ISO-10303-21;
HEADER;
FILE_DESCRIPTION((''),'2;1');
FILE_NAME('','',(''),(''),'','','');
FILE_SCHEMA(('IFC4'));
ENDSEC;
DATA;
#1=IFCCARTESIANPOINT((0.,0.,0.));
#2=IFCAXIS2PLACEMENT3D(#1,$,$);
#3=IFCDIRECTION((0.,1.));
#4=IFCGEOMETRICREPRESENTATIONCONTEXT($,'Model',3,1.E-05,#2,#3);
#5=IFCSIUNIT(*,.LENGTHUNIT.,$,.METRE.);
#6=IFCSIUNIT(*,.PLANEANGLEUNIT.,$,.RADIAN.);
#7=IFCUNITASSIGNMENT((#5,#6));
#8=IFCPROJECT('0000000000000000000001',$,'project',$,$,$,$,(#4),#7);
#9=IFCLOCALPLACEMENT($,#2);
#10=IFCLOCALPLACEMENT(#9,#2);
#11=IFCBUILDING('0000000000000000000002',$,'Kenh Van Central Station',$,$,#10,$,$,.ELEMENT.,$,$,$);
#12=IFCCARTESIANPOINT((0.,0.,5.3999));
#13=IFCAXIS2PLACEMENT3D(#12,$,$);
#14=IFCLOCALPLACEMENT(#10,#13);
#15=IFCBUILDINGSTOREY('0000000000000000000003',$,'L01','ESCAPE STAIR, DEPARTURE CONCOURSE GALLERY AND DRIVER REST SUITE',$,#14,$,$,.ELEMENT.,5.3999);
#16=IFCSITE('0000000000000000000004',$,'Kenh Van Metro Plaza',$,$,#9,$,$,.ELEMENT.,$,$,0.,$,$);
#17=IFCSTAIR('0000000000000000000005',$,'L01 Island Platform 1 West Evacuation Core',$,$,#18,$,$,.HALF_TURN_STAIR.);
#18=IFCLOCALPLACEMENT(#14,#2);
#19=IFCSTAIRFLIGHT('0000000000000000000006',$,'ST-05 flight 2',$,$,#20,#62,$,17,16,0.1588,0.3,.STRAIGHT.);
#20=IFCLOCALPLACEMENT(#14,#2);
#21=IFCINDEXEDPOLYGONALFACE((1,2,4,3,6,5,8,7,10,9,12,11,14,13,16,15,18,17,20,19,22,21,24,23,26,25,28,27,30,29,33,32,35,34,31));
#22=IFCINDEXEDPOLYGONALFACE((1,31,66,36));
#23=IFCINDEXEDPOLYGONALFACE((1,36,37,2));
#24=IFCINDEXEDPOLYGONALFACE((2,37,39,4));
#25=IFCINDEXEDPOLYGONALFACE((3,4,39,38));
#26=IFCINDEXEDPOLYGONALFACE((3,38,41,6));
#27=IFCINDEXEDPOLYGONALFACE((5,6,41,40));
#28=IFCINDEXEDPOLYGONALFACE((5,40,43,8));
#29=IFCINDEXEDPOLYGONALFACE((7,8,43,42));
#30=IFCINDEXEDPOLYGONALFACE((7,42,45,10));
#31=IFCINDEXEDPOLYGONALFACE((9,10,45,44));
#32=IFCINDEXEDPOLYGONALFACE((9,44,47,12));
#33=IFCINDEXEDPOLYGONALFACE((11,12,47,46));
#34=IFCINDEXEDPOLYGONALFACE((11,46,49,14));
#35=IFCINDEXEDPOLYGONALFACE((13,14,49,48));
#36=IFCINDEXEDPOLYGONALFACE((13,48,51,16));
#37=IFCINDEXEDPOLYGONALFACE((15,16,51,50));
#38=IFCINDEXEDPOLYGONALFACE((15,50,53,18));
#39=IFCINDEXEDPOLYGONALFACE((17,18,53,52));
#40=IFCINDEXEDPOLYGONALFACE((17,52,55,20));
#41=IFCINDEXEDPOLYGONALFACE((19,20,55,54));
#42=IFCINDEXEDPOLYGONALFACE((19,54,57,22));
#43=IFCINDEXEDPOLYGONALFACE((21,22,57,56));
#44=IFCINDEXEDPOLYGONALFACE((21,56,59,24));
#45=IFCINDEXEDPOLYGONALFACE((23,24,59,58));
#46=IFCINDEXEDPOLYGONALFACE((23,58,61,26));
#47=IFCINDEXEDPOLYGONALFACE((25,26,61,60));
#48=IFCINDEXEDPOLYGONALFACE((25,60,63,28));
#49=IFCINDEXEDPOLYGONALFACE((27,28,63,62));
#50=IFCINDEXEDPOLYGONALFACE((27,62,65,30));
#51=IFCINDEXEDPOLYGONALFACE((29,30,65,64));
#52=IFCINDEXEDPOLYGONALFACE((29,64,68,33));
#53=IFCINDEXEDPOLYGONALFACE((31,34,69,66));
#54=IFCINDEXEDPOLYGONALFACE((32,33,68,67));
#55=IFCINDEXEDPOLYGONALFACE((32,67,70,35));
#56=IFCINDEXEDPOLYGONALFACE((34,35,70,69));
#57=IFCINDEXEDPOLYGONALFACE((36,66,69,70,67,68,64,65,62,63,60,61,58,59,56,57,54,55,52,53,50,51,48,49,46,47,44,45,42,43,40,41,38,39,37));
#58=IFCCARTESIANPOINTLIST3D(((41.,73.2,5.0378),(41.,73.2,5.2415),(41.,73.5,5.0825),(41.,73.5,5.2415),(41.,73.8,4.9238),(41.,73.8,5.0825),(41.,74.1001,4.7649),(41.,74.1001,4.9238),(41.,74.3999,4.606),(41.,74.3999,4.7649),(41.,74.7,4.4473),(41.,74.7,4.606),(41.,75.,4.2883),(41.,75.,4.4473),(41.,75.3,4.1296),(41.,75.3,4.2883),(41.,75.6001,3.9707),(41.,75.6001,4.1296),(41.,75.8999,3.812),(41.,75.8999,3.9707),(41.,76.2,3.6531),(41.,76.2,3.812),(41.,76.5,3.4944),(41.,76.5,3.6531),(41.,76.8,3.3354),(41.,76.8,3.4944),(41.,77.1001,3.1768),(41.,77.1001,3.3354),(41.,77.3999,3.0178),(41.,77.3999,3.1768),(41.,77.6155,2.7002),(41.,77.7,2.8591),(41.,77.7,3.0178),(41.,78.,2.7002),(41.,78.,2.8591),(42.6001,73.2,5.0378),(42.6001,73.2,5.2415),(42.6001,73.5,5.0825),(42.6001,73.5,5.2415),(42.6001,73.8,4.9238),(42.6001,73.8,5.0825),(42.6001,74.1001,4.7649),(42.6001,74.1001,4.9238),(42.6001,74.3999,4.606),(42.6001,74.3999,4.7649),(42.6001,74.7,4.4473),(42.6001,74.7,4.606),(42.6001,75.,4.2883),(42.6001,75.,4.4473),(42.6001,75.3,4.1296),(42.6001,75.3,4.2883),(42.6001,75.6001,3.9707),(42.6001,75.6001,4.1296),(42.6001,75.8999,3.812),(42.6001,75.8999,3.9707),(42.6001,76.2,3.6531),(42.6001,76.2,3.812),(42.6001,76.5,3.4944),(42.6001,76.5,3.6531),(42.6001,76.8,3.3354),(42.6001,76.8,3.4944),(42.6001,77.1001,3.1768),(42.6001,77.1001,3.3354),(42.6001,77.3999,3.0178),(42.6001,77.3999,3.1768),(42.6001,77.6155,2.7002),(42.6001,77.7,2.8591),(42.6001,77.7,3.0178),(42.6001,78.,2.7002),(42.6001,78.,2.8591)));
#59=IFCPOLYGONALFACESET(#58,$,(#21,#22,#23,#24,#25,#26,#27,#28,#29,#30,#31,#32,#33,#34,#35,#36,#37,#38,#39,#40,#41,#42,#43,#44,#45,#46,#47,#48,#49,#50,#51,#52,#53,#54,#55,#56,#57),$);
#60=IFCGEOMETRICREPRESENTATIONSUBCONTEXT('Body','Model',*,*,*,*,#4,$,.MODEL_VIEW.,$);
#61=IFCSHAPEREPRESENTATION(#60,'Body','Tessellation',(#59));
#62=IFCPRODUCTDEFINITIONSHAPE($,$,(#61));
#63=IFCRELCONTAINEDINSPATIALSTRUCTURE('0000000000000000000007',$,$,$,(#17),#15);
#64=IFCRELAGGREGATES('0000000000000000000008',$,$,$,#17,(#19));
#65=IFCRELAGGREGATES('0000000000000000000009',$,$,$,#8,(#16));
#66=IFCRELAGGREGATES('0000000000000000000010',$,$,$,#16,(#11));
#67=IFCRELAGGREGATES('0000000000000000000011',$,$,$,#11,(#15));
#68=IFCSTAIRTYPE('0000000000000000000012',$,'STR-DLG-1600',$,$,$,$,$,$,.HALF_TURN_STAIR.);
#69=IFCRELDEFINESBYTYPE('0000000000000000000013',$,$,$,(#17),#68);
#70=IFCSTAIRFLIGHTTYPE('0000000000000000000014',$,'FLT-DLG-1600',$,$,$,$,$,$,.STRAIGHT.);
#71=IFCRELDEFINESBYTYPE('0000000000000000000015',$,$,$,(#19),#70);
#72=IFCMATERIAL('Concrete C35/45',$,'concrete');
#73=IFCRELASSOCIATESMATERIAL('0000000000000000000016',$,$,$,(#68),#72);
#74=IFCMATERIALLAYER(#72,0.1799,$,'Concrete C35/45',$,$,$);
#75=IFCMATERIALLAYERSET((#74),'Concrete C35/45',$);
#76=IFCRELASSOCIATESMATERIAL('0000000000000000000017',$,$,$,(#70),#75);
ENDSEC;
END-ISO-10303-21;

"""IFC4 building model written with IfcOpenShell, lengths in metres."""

from ifc_helpers import new_model, si_unit, direction, frame, origin, place, context, subcontext, project, spatial, polyline, outline, extrude, material, layer, layer_set, type_object, element, aggregate, save


model = new_model("IFC4")

# Units and contexts
model_context = context("Model", 3, precision=1e-05, world=origin(), true_north=direction((0.0, 1.0)))
body_context = subcontext(model_context, "Body", "Model", "MODEL_VIEW")
ifc_project = project(units=[si_unit("LENGTHUNIT", "METRE"), si_unit("PLANEANGLEUNIT", "RADIAN")], contexts=[model_context])

# Site, building, storey
site_placement = place(None, origin())
site = spatial("IfcSite", under=ifc_project, at=site_placement, Name="Kenh Van Metro Plaza", CompositionType="ELEMENT", RefElevation=0.0)
building_placement = place(site_placement, origin())
building = spatial("IfcBuilding", under=site, at=building_placement, Name="Kenh Van Central Station", CompositionType="ELEMENT")
storey_placement = place(building_placement, frame((0.0, 0.0, 5.3999)))
storey = spatial("IfcBuildingStorey", under=building, at=storey_placement, Name="L01", Description="ESCAPE STAIR, DEPARTURE CONCOURSE GALLERY AND DRIVER REST SUITE", CompositionType="ELEMENT", Elevation=5.3999)

# Stair, stair flight
ifc_material_1 = material(Name="Concrete C35/45", Category="concrete")
stair_type = type_object("IfcStairType", Name="STR-DLG-1600", PredefinedType="HALF_TURN_STAIR", material=ifc_material_1)
stair_placement = place(storey_placement, origin())
stair = element("IfcStair", 1, at=stair_placement, inside=storey, type_object=stair_type, Name="L01 Island Platform 1 West Evacuation Core", PredefinedType="HALF_TURN_STAIR")
ifc_layer_1 = layer(ifc_material_1, 0.1799, Name="Concrete C35/45")
ifc_layer_set_1 = layer_set([ifc_layer_1], Name="Concrete C35/45")
stair_flight_type = type_object("IfcStairFlightType", Name="FLT-DLG-1600", PredefinedType="STRAIGHT", material=ifc_layer_set_1)
stair_flight_1_placement = place(storey_placement, frame((41.8, 78.0, 2.7002), z_axis=(0.0, 0.0, 1.0), x_axis=(0.0, -1.0, 0.0)))
stair_flight_1 = element("IfcStairFlight", 2, at=stair_flight_1_placement, type_object=stair_flight_type, Name="ST-05 flight 2", NumberOfRisers=17, NumberOfTreads=16, PredefinedType="STRAIGHT", RiserHeight=0.1588, TreadLength=0.3, context=body_context, shape_type="SweptSolid", body=[
    extrude(outline(polyline([(0.0, 0.0), (0.0, 0.1589), (0.3, 0.1589), (0.3, 0.3176), (0.6001, 0.3176), (0.6001, 0.4766), (0.8999, 0.4766), (0.8999, 0.6353), (1.2, 0.6353), (1.2, 0.7942), (1.5, 0.7942), (1.5, 0.9529), (1.8, 0.9529), (1.8, 1.1118), (2.1001, 1.1118), (2.1001, 1.2705), (2.3999, 1.2705), (2.3999, 1.4294), (2.7, 1.4294), (2.7, 1.5881), (3.0, 1.5881), (3.0, 1.7471), (3.3, 1.7471), (3.3, 1.9058), (3.6001, 1.9058), (3.6001, 2.0647), (3.8999, 2.0647), (3.8999, 2.2236), (4.2, 2.2236), (4.2, 2.3823), (4.5, 2.3823), (4.5, 2.5413), (4.8, 2.5413), (4.8, 2.7), (4.8, 2.3376), (0.3845, 0.0), (0.0, 0.0)])), frame((0.0, 0.8, 0.0), z_axis=(0.0, -1.0, 0.0), x_axis=(1.0, 0.0, 0.0)), (0.0, 0.0, 1.0), 1.6001),
])
aggregate(stair, [stair_flight_1])

save(model, "model.ifc")
